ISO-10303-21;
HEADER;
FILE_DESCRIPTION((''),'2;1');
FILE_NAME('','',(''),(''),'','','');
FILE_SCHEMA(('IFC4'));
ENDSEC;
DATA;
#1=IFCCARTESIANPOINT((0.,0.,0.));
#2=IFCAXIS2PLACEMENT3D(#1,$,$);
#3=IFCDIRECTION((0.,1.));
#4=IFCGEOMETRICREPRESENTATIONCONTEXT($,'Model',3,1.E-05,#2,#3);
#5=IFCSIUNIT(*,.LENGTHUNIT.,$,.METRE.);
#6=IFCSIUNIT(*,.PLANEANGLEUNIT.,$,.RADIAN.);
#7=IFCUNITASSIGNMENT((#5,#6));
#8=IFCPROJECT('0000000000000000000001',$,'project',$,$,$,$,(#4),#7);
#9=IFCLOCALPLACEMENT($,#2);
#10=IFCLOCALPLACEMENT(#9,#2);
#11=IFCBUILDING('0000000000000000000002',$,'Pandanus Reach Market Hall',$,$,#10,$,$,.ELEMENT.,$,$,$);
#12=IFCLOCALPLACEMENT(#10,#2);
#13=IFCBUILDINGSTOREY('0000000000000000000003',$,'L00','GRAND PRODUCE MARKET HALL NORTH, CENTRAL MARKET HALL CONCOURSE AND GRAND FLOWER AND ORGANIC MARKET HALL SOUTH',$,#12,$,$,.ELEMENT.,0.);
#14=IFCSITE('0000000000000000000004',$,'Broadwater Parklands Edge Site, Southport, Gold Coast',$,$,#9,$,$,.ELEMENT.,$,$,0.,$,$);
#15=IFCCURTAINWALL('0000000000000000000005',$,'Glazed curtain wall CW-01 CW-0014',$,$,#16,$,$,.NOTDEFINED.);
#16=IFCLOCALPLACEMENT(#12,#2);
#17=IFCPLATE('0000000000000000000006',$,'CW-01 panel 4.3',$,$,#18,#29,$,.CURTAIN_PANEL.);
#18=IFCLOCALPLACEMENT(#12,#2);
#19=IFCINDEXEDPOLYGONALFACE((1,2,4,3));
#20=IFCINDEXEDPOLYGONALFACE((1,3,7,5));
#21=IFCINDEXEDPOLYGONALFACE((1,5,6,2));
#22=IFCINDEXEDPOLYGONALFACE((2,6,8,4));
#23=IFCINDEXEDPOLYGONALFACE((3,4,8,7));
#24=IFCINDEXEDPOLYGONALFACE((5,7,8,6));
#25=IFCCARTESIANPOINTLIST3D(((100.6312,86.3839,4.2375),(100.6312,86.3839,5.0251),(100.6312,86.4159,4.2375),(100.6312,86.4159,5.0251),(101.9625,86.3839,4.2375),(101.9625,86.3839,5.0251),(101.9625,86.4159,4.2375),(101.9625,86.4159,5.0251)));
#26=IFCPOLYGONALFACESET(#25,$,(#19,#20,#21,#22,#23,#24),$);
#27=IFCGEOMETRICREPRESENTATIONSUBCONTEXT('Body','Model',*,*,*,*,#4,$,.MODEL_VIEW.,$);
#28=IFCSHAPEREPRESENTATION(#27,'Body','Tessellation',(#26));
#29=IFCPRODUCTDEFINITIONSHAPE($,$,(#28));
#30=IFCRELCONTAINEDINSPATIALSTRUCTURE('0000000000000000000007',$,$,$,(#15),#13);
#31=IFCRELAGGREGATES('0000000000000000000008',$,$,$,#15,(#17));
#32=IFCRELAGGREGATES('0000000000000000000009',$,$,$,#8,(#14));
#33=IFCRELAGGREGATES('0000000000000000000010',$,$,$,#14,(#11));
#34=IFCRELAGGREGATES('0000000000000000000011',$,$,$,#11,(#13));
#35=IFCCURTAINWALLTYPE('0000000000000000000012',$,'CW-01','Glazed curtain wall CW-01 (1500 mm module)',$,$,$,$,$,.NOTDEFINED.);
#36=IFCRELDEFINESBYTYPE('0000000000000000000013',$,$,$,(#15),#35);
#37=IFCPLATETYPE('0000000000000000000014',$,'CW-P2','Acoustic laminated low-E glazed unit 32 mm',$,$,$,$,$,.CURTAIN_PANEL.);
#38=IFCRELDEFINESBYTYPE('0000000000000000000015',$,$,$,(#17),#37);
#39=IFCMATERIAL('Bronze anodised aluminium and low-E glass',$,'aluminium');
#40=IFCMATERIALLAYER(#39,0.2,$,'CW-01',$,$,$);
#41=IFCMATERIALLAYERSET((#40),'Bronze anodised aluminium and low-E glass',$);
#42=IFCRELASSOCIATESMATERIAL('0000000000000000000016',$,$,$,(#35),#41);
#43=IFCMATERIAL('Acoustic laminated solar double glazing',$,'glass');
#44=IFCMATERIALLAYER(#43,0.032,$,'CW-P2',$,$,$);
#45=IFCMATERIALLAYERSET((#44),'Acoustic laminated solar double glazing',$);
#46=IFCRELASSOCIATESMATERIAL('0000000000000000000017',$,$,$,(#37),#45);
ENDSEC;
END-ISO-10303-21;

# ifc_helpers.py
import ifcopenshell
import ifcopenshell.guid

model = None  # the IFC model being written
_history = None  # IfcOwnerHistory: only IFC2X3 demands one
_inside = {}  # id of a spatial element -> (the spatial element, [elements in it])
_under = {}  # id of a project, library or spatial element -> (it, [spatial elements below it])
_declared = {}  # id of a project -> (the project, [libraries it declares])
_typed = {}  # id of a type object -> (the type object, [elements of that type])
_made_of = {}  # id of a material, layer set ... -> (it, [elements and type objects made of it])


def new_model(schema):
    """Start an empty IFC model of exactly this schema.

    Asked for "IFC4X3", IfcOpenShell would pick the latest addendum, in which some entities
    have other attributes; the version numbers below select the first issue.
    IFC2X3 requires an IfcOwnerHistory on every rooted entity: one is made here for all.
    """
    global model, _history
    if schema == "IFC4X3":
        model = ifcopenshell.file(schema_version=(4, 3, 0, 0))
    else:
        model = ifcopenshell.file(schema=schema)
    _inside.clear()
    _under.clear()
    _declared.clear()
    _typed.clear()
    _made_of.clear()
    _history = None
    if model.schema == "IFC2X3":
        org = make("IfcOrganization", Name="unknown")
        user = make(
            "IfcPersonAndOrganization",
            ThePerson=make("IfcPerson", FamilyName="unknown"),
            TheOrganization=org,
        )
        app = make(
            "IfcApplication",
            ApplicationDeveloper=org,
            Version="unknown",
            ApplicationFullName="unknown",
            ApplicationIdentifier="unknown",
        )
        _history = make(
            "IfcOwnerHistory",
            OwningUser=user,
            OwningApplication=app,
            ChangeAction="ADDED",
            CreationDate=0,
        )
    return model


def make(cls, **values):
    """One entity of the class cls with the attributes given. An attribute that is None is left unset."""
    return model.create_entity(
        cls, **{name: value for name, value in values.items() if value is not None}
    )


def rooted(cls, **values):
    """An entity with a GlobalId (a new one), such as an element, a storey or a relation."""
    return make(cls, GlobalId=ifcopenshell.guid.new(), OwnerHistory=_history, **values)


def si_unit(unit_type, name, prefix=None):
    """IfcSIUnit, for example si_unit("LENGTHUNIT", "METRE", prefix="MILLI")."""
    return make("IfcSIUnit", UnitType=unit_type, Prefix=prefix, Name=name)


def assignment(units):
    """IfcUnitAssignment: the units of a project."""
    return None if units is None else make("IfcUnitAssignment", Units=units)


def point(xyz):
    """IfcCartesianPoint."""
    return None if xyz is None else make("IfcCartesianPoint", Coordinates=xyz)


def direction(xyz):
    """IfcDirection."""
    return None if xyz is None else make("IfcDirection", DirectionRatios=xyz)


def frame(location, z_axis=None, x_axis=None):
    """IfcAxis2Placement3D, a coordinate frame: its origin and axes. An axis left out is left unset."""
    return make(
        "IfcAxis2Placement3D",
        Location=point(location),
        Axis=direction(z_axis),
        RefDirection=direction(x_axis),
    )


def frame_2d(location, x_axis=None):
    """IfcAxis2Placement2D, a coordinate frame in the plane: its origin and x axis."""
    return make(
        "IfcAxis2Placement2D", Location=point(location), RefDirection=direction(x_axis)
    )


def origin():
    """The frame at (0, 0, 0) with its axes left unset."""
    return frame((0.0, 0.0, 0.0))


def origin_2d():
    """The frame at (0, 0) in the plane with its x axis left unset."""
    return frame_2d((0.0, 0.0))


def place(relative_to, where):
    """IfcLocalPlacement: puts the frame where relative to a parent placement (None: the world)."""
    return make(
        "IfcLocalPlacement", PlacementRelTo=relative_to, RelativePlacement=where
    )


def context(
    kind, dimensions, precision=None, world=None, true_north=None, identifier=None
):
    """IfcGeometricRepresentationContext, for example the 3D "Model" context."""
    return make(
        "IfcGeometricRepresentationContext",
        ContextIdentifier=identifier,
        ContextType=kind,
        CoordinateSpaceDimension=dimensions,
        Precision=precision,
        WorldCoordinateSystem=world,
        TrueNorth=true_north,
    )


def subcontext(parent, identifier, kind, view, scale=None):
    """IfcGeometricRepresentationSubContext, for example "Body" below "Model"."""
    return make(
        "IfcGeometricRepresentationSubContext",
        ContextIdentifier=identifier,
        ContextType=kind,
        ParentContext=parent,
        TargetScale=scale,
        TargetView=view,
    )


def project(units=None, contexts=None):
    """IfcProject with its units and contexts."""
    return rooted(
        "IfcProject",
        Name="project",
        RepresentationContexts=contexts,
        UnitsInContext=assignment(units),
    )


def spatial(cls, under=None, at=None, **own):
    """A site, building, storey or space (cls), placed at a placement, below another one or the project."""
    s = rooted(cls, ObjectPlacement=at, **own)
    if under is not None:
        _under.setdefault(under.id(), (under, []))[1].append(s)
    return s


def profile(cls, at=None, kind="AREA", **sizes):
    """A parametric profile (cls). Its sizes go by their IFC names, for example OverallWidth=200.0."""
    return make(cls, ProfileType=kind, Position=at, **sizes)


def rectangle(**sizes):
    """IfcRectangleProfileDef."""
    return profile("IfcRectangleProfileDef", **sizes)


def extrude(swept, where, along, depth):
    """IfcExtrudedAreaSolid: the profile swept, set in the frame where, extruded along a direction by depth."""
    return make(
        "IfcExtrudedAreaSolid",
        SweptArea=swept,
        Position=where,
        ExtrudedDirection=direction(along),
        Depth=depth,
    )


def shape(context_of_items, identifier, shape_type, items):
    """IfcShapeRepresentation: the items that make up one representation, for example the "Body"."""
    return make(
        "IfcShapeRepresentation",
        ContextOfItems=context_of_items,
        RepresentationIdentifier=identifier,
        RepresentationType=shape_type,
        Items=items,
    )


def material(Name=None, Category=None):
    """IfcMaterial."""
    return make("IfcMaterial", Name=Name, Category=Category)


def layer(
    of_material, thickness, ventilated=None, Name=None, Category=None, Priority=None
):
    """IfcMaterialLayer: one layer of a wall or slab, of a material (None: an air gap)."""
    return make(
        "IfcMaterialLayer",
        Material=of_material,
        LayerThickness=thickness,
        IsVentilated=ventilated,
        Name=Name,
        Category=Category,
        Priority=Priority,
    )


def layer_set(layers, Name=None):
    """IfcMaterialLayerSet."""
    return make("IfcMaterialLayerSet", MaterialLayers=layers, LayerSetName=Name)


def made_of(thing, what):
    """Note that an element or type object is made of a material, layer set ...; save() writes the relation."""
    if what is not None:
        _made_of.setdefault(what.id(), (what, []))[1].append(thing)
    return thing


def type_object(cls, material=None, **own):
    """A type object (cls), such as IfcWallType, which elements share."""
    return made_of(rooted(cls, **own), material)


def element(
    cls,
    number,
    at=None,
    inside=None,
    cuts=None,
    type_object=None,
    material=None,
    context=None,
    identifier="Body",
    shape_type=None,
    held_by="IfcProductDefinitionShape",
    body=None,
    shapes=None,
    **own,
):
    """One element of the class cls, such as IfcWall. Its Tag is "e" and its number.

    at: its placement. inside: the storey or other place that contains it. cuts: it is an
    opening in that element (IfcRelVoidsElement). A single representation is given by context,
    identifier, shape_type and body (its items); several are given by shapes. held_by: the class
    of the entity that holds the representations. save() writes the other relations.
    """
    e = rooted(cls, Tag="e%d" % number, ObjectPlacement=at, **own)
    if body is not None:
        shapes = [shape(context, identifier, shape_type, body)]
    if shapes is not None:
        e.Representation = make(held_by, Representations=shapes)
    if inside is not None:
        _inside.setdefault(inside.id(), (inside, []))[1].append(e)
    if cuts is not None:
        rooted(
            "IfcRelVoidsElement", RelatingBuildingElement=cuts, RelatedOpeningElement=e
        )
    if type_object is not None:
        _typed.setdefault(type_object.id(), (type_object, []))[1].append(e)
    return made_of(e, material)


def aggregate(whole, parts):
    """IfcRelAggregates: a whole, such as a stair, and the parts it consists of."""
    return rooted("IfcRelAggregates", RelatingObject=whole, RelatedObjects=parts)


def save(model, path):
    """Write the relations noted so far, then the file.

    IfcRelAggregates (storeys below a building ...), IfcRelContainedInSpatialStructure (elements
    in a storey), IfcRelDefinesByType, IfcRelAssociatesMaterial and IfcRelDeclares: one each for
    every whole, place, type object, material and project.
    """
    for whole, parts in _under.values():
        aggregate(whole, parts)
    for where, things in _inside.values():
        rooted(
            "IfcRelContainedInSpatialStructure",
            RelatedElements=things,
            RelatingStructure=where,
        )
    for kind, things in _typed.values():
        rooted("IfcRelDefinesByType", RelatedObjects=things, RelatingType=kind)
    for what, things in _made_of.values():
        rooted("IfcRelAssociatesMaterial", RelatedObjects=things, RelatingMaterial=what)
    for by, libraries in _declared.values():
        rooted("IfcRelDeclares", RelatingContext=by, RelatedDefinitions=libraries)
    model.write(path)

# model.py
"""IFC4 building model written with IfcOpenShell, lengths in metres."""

from ifc_helpers import new_model, si_unit, direction, frame, origin, origin_2d, place, context, subcontext, project, spatial, rectangle, extrude, material, layer, layer_set, type_object, element, aggregate, save


model = new_model("IFC4")

# Units and contexts
model_context = context("Model", 3, precision=1e-05, world=origin(), true_north=direction((0.0, 1.0)))
body_context = subcontext(model_context, "Body", "Model", "MODEL_VIEW")
ifc_project = project(units=[si_unit("LENGTHUNIT", "METRE"), si_unit("PLANEANGLEUNIT", "RADIAN")], contexts=[model_context])

# Site, building, storey
site_placement = place(None, origin())
site = spatial("IfcSite", under=ifc_project, at=site_placement, Name="Broadwater Parklands Edge Site, Southport, Gold Coast", CompositionType="ELEMENT", RefElevation=0.0)
building_placement = place(site_placement, origin())
building = spatial("IfcBuilding", under=site, at=building_placement, Name="Pandanus Reach Market Hall", CompositionType="ELEMENT")
storey_placement = place(building_placement, origin())
storey = spatial("IfcBuildingStorey", under=building, at=storey_placement, Name="L00", Description="GRAND PRODUCE MARKET HALL NORTH, CENTRAL MARKET HALL CONCOURSE AND GRAND FLOWER AND ORGANIC MARKET HALL SOUTH", CompositionType="ELEMENT", Elevation=0.0)

# Curtain wall, plate
ifc_material_1 = material(Name="Bronze anodised aluminium and low-E glass", Category="aluminium")
ifc_layer_1 = layer(ifc_material_1, 0.2, Name="CW-01")
ifc_layer_set_1 = layer_set([ifc_layer_1], Name="Bronze anodised aluminium and low-E glass")
curtain_wall_type = type_object("IfcCurtainWallType", Name="CW-01", Description="Glazed curtain wall CW-01 (1500 mm module)", PredefinedType="NOTDEFINED", material=ifc_layer_set_1)
curtain_wall_placement = place(storey_placement, origin())
curtain_wall = element("IfcCurtainWall", 1, at=curtain_wall_placement, inside=storey, type_object=curtain_wall_type, Name="Glazed curtain wall CW-01 CW-0014", PredefinedType="NOTDEFINED")
ifc_material_2 = material(Name="Acoustic laminated solar double glazing", Category="glass")
ifc_layer_2 = layer(ifc_material_2, 0.032, Name="CW-P2")
ifc_layer_set_2 = layer_set([ifc_layer_2], Name="Acoustic laminated solar double glazing")
plate_type = type_object("IfcPlateType", Name="CW-P2", Description="Acoustic laminated low-E glazed unit 32 mm", PredefinedType="CURTAIN_PANEL", material=ifc_layer_set_2)
plate_1_placement = place(storey_placement, frame((101.2969, 86.3999, 4.2375), z_axis=(0.0, 0.0, 1.0), x_axis=(1.0, 0.0, 0.0)))
plate_1 = element("IfcPlate", 2, at=plate_1_placement, type_object=plate_type, Name="CW-01 panel 4.3", PredefinedType="CURTAIN_PANEL", context=body_context, shape_type="SweptSolid", body=[
    extrude(rectangle(XDim=1.3313, YDim=0.032, at=origin_2d()), origin(), (0.0, 0.0, 1.0), 0.7876),
])
aggregate(curtain_wall, [plate_1])

save(model, "model.ifc")
